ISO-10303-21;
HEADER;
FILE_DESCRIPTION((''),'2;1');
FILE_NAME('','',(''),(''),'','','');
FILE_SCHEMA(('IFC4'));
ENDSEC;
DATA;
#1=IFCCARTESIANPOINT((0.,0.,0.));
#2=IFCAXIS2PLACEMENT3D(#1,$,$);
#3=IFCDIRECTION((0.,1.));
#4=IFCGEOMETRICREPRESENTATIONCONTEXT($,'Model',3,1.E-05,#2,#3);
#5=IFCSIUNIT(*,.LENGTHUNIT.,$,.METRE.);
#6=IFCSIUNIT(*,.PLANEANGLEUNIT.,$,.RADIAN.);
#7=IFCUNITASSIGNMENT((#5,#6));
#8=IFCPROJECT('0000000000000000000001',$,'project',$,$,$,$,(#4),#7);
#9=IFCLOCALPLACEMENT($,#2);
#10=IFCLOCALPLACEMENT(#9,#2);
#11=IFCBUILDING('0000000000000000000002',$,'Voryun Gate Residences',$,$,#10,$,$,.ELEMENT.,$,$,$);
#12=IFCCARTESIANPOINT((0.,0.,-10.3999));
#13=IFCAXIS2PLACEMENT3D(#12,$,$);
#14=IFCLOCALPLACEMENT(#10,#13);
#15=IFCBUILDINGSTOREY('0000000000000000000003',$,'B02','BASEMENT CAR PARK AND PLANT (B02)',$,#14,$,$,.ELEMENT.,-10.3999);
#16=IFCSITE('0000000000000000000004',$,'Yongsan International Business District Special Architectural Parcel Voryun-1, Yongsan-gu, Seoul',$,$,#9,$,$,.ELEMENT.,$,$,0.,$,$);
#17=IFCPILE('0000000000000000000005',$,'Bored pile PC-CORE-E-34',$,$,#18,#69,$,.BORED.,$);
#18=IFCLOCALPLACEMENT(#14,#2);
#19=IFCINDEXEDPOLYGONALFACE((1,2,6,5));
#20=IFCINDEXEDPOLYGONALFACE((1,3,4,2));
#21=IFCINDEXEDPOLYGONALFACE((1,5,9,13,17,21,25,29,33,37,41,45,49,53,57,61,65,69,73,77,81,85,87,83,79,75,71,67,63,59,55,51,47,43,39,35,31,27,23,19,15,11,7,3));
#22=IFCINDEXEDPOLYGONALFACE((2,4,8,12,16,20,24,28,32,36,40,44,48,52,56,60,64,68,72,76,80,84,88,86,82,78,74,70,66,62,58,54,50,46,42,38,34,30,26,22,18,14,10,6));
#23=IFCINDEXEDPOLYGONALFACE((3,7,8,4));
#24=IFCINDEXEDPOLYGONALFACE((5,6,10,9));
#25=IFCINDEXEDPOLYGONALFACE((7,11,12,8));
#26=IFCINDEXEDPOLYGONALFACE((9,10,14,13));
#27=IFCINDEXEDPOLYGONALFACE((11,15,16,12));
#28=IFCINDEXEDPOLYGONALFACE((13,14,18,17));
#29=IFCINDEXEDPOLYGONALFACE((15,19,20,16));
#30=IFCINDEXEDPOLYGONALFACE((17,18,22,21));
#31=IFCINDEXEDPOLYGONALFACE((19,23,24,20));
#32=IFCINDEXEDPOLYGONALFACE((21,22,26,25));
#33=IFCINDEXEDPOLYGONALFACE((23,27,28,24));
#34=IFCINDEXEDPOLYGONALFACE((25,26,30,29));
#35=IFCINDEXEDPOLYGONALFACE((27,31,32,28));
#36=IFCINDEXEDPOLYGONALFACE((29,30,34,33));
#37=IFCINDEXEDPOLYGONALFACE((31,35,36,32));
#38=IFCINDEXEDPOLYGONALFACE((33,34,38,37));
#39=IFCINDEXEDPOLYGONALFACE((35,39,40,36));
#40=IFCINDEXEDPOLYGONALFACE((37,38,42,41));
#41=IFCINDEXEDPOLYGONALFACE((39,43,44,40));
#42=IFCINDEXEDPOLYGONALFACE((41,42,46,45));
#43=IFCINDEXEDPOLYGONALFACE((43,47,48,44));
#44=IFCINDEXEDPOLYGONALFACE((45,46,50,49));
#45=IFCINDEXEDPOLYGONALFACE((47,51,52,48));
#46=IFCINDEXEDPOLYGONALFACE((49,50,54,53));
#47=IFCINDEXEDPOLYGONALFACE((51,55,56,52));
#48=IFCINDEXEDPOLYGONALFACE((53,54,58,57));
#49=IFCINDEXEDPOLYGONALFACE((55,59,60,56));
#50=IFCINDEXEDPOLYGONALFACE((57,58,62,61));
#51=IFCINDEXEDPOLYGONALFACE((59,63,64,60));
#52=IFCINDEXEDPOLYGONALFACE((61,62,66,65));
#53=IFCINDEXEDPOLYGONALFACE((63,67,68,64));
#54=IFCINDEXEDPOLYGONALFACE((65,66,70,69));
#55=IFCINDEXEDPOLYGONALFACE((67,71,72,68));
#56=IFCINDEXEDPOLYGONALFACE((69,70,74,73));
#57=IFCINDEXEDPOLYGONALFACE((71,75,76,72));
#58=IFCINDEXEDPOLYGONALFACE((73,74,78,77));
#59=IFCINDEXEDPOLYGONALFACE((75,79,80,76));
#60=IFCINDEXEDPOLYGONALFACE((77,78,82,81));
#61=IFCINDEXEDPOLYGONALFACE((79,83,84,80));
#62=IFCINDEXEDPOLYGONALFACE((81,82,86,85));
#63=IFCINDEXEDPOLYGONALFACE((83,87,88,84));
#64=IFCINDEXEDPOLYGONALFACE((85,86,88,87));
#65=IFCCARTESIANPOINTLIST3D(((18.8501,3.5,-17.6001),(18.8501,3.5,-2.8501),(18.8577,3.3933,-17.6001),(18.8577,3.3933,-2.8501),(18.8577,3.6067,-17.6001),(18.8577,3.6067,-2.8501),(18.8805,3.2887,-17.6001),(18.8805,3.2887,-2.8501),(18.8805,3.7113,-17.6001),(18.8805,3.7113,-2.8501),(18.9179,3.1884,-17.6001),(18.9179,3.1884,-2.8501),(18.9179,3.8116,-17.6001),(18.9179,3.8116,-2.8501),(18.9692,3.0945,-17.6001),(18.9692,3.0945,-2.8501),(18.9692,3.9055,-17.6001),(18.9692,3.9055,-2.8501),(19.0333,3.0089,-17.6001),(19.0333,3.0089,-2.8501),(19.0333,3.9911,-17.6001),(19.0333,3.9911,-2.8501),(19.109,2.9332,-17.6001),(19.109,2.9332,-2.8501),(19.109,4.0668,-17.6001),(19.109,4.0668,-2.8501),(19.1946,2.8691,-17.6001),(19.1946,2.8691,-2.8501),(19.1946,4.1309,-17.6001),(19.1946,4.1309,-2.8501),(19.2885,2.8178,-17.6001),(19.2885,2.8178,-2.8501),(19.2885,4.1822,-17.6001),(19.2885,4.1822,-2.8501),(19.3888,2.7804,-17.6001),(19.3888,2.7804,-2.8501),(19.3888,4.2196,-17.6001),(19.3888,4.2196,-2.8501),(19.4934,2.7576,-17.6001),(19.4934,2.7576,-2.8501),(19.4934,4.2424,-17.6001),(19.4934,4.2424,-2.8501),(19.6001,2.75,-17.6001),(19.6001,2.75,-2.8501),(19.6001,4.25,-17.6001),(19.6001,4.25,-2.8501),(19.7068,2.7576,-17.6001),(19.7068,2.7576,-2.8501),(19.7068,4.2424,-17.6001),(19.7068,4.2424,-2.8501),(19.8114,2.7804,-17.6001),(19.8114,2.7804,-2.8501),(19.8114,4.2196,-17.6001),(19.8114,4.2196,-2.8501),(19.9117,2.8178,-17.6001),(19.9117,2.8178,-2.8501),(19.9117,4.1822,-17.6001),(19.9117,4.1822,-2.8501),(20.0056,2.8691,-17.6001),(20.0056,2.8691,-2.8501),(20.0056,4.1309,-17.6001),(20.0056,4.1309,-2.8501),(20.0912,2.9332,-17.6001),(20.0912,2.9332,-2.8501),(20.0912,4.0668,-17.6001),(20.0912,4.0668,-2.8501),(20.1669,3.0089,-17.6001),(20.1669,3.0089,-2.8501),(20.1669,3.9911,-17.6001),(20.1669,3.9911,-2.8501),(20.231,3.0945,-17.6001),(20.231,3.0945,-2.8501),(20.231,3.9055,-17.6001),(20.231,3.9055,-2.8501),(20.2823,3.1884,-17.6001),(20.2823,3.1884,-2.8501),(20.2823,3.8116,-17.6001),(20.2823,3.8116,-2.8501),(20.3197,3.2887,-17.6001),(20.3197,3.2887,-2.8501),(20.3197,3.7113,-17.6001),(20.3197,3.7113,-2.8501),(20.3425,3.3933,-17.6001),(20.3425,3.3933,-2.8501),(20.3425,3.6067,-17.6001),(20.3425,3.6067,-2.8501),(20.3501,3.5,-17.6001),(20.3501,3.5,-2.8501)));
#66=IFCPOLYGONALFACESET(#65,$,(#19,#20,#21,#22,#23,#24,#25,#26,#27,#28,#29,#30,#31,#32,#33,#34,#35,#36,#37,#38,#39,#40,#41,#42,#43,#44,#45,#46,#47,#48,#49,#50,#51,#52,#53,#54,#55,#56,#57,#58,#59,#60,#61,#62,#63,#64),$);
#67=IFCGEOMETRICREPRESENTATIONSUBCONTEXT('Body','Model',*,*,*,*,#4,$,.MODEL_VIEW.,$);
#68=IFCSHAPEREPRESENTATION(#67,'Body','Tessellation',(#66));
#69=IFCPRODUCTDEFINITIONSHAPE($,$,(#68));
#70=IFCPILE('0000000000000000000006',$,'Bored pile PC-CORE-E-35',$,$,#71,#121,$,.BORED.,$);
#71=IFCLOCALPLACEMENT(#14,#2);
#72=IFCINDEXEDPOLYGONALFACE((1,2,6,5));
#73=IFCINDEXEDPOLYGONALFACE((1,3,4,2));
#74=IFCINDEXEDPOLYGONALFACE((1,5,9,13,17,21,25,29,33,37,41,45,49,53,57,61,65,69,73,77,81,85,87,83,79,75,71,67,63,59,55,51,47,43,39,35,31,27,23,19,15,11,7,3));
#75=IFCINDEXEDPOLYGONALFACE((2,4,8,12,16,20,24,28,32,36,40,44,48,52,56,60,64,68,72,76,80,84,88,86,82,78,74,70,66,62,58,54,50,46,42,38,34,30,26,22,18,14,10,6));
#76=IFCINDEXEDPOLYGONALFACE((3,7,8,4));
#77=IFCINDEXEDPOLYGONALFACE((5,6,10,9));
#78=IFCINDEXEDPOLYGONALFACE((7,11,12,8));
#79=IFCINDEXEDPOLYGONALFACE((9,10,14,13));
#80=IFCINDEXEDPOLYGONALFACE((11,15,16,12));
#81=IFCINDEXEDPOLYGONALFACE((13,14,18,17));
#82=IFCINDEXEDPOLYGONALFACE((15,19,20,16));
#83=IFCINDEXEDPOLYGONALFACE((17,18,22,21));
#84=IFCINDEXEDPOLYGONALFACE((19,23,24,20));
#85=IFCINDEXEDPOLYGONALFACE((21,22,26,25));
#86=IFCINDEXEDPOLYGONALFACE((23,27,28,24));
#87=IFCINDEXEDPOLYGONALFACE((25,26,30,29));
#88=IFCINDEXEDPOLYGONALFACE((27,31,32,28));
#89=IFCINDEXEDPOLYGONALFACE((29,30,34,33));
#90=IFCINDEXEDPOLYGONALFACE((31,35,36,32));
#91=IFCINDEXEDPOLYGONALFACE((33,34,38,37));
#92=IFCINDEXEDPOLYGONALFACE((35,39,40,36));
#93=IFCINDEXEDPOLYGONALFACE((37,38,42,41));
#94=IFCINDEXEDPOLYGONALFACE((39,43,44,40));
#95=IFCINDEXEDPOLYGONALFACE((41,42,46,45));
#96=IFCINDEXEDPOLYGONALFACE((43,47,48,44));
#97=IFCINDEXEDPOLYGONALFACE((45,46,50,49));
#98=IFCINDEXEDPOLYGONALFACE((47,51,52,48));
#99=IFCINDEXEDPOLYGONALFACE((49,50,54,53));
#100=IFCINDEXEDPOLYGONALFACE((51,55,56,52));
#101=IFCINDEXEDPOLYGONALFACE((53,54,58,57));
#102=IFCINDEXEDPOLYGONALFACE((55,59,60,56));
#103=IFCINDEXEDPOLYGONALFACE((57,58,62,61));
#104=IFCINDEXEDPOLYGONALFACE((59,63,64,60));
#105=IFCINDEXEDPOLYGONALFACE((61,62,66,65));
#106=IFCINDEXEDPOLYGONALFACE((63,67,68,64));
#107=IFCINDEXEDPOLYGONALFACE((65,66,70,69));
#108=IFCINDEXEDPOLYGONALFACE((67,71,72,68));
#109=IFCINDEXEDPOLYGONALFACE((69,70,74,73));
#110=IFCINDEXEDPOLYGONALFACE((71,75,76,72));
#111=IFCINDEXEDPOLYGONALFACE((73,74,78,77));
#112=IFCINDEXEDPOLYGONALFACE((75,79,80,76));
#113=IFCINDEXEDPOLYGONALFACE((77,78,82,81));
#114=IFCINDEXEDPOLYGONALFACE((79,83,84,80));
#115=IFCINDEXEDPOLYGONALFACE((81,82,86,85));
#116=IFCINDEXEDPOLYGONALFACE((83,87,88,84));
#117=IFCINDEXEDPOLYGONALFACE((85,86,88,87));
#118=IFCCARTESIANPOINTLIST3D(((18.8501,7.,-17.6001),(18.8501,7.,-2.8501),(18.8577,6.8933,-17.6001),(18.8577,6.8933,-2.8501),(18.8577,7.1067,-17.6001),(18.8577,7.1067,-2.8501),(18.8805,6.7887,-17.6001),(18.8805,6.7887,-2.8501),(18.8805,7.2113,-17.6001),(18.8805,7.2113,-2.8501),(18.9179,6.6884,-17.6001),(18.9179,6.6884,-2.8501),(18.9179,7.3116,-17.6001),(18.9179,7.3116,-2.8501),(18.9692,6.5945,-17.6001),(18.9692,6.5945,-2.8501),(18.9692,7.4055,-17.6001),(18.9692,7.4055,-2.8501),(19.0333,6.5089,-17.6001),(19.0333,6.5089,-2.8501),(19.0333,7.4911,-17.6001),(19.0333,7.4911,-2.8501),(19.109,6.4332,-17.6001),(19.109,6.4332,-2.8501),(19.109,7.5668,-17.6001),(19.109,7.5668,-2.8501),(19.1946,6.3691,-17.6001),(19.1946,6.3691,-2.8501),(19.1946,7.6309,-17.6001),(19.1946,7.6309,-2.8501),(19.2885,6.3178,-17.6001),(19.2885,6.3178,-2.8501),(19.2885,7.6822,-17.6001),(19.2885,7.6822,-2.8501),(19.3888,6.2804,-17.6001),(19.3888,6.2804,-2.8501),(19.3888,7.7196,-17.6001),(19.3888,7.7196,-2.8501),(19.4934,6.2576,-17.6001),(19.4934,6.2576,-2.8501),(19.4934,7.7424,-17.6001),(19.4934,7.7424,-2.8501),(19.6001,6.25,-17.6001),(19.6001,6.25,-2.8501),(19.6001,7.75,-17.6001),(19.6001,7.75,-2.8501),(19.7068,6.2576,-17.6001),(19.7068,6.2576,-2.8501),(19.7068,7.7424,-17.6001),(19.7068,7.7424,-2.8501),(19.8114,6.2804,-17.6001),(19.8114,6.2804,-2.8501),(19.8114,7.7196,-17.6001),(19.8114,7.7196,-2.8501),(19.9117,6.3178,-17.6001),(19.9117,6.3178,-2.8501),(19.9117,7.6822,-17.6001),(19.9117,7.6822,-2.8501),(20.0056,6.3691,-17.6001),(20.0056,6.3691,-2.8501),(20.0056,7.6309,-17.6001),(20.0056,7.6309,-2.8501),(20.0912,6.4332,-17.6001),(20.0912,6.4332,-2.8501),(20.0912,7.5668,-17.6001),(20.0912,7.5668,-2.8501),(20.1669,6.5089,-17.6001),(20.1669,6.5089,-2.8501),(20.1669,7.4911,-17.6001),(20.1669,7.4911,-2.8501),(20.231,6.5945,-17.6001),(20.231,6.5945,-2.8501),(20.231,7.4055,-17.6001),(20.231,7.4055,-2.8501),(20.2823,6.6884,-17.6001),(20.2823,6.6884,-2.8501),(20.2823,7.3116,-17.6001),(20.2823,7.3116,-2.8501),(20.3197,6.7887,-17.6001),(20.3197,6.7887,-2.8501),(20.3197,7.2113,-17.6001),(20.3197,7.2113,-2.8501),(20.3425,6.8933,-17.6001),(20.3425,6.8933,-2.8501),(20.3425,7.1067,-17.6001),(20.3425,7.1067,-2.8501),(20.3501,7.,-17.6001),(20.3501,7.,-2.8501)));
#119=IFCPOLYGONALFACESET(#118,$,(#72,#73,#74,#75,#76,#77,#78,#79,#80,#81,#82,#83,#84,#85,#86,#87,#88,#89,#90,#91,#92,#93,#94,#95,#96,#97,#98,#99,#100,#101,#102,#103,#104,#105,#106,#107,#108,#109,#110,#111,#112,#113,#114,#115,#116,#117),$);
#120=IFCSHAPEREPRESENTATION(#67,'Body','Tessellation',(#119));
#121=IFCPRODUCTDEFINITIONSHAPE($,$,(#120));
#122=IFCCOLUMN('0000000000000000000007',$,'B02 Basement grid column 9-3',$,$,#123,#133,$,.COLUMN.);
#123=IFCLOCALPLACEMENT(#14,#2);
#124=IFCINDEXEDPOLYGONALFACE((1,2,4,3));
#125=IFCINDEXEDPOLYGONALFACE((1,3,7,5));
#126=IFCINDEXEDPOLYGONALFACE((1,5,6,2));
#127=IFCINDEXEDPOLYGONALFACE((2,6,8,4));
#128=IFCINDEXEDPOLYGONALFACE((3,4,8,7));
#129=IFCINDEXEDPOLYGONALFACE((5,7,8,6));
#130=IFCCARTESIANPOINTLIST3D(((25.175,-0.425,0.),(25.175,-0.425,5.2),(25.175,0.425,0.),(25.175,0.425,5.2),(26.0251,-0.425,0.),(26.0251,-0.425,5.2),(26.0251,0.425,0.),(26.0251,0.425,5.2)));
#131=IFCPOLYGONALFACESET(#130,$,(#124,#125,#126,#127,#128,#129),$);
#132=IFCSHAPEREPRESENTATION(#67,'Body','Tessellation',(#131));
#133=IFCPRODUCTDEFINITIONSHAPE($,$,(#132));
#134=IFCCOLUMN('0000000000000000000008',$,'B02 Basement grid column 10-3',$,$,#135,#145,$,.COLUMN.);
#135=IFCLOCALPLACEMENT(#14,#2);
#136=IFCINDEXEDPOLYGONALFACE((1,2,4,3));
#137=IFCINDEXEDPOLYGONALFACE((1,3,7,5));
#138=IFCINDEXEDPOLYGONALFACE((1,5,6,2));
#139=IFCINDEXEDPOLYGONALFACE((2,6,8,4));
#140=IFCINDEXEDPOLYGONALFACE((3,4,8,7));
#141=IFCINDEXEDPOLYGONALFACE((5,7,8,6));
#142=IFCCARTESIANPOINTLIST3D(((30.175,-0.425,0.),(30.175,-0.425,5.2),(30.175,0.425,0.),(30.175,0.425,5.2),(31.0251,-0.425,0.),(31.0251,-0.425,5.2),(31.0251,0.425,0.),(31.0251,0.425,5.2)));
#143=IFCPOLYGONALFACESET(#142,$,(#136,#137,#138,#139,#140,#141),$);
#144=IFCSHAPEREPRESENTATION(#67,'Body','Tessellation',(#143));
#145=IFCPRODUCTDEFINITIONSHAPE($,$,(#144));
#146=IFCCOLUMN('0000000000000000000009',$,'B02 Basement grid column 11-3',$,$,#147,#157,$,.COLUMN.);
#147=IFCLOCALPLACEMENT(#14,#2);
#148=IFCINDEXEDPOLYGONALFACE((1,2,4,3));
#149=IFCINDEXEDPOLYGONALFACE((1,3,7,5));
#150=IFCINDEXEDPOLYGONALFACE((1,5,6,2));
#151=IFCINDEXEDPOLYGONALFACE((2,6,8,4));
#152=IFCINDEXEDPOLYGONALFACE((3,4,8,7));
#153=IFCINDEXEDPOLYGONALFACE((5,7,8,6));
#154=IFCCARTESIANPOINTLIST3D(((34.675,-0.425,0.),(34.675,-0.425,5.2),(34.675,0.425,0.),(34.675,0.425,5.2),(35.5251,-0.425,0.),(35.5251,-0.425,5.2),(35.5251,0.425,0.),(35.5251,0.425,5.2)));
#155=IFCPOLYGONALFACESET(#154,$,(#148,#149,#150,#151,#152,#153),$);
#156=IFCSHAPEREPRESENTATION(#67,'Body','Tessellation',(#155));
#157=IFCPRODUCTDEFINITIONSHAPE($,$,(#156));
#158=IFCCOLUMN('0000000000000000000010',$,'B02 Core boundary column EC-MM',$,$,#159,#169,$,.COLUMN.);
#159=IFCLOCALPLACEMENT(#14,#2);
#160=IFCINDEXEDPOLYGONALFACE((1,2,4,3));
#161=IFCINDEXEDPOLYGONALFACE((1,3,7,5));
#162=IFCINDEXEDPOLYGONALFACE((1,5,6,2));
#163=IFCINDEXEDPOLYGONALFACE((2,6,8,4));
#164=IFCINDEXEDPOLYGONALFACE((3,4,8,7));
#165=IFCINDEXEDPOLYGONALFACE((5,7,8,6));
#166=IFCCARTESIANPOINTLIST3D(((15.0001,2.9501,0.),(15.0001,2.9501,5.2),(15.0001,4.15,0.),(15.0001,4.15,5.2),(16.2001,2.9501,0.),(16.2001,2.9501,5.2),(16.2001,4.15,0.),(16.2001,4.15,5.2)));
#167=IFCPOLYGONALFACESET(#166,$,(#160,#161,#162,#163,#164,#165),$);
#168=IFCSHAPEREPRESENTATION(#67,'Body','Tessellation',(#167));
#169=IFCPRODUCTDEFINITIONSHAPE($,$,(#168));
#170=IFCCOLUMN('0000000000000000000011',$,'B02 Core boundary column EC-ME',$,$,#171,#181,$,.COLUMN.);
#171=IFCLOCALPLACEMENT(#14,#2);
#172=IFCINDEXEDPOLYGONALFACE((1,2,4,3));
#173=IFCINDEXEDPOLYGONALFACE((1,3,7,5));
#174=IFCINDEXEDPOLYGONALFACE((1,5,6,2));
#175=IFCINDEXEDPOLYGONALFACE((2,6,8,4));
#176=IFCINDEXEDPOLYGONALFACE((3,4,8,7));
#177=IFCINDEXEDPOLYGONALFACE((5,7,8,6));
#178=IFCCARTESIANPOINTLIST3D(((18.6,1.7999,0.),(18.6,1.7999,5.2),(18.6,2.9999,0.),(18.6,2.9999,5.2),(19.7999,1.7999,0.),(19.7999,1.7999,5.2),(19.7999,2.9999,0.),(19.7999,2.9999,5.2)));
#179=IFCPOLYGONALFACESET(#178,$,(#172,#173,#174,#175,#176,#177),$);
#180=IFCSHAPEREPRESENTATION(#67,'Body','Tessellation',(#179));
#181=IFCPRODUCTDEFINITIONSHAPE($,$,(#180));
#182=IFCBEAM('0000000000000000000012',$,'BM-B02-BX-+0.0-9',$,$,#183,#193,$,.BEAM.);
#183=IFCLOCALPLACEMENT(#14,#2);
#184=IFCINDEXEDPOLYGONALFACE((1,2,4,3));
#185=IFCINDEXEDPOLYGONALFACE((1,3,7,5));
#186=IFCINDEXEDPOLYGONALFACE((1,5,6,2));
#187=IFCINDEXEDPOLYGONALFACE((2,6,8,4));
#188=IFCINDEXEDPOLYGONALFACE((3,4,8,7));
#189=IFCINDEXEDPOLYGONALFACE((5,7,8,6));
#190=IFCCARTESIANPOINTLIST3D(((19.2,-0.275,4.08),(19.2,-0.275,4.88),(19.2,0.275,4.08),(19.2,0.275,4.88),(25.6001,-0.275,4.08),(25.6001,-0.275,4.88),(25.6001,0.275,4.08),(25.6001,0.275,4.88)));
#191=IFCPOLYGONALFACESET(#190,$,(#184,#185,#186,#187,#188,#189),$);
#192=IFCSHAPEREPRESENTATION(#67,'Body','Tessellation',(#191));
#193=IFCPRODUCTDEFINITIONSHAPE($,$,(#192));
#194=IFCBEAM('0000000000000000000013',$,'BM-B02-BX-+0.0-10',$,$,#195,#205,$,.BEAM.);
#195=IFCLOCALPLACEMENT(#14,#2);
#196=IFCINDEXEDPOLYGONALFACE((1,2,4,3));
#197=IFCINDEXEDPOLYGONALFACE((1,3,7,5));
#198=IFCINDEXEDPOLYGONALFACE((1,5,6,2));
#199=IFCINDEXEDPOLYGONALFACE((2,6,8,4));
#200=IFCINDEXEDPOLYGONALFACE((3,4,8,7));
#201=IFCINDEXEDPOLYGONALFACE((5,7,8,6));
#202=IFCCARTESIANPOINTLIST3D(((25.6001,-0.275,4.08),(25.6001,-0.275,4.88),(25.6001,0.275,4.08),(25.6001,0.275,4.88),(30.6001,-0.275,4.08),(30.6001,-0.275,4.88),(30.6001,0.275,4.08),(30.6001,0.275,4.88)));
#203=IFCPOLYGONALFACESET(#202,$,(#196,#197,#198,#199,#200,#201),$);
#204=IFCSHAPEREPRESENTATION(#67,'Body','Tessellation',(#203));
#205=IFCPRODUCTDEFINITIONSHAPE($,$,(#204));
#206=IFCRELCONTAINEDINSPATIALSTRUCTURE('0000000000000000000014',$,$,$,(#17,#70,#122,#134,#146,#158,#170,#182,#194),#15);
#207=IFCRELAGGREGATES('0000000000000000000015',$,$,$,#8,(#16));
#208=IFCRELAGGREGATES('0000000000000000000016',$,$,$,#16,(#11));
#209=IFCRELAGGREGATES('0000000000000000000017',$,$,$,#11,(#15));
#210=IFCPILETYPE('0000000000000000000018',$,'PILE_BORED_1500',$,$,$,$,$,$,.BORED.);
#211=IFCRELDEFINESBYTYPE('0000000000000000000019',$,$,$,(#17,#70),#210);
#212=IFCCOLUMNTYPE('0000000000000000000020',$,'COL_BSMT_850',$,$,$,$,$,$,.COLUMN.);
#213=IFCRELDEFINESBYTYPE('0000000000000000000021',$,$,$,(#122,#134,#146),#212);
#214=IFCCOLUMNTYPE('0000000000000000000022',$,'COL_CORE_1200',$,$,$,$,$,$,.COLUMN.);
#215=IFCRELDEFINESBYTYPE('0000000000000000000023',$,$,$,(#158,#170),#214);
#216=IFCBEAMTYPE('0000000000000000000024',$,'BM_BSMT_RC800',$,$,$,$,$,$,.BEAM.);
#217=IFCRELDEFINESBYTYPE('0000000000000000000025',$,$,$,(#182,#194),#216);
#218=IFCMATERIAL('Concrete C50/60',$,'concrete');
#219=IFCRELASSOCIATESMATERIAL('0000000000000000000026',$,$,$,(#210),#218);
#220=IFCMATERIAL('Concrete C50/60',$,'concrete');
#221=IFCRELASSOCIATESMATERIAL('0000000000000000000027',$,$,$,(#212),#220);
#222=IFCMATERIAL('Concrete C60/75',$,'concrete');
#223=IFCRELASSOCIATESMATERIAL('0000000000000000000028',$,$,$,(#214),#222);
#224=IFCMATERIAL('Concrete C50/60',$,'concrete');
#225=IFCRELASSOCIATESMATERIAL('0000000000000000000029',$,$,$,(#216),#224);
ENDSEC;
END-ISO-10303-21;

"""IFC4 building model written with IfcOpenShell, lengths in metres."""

from ifc_helpers import new_model, si_unit, direction, frame, origin, origin_2d, place, context, subcontext, project, spatial, rectangle, circle, extrude, material, material_profile, profile_set, type_object, element, save


model = new_model("IFC4")

# Units and contexts
model_context = context("Model", 3, precision=1e-05, world=origin(), true_north=direction((0.0, 1.0)))
body_context = subcontext(model_context, "Body", "Model", "MODEL_VIEW")
ifc_project = project(units=[si_unit("LENGTHUNIT", "METRE"), si_unit("PLANEANGLEUNIT", "RADIAN")], contexts=[model_context])

# Site, building, storey
site_placement = place(None, origin())
site = spatial("IfcSite", under=ifc_project, at=site_placement, Name="Yongsan International Business District Special Architectural Parcel Voryun-1, Yongsan-gu, Seoul", CompositionType="ELEMENT", RefElevation=0.0)
building_placement = place(site_placement, origin())
building = spatial("IfcBuilding", under=site, at=building_placement, Name="Voryun Gate Residences", CompositionType="ELEMENT")
storey_placement = place(building_placement, frame((0.0, 0.0, -10.3999)))
storey = spatial("IfcBuildingStorey", under=building, at=storey_placement, Name="B02", Description="BASEMENT CAR PARK AND PLANT (B02)", CompositionType="ELEMENT", Elevation=-10.3999)

# Piles
ifc_material_1 = material(Name="Concrete C50/60", Category="concrete")
ifc_material_profile_1 = material_profile(ifc_material_1, circle(Radius=0.75, at=origin_2d()), Name="PILE-D1500")
ifc_profile_set_1 = profile_set([ifc_material_profile_1], Name="Concrete C50/60")
pile_type_1 = type_object("IfcPileType", Name="PILE_BORED_1500", PredefinedType="BORED", material=ifc_profile_set_1)
for number, where, z_axis, x_axis, name in (
    (1, (19.6001, 3.5, -2.8501), (0.0, 0.0, -1.0), (1.0, 0.0, 0.0), "Bored pile PC-CORE-E-34"),
    (2, (19.6001, 7.0, -2.8501), (0.0, 0.0, -1.0), (1.0, 0.0, 0.0), "Bored pile PC-CORE-E-35"),
):
    element("IfcPile", number, at=place(storey_placement, frame(where, z_axis=z_axis, x_axis=x_axis)), inside=storey, type_object=pile_type_1, Name=name, PredefinedType="BORED", context=body_context, shape_type="SweptSolid", body=[
        extrude(circle(Radius=0.75, at=origin_2d()), origin(), (0.0, 0.0, 1.0), 14.75),
    ])

# Columns
ifc_material_2 = material(Name="Concrete C50/60", Category="concrete")
ifc_material_profile_2 = material_profile(ifc_material_2, rectangle(XDim=0.8501, YDim=0.8501, at=origin_2d()), Name="RC-850x850")
ifc_profile_set_2 = profile_set([ifc_material_profile_2], Name="Concrete C50/60")
column_type_1 = type_object("IfcColumnType", Name="COL_BSMT_850", PredefinedType="COLUMN", material=ifc_profile_set_2)
for number, where, z_axis, x_axis, name in (
    (3, (25.6001, 0.0, 0.0), (0.0, 0.0, 1.0), (1.0, 0.0, 0.0), "B02 Basement grid column 9-3"),
    (4, (30.6001, 0.0, 0.0), (0.0, 0.0, 1.0), (1.0, 0.0, 0.0), "B02 Basement grid column 10-3"),
    (5, (35.1001, 0.0, 0.0), (0.0, 0.0, 1.0), (1.0, 0.0, 0.0), "B02 Basement grid column 11-3"),
):
    element("IfcColumn", number, at=place(storey_placement, frame(where, z_axis=z_axis, x_axis=x_axis)), inside=storey, type_object=column_type_1, Name=name, PredefinedType="COLUMN", context=body_context, shape_type="SweptSolid", body=[
        extrude(rectangle(XDim=0.8501, YDim=0.8501, at=origin_2d()), origin(), (0.0, 0.0, 1.0), 5.2),
    ])
ifc_material_3 = material(Name="Concrete C60/75", Category="concrete")
ifc_material_profile_3 = material_profile(ifc_material_3, rectangle(XDim=1.2, YDim=1.2, at=origin_2d()), Name="RC-1200x1200")
ifc_profile_set_3 = profile_set([ifc_material_profile_3], Name="Concrete C60/75")
column_type_2 = type_object("IfcColumnType", Name="COL_CORE_1200", PredefinedType="COLUMN", material=ifc_profile_set_3)
for number, where, z_axis, x_axis, name in (
    (6, (15.6001, 3.55, 0.0), (0.0, 0.0, 1.0), (1.0, 0.0, 0.0), "B02 Core boundary column EC-MM"),
    (7, (19.2, 2.3999, 0.0), (0.0, 0.0, 1.0), (1.0, 0.0, 0.0), "B02 Core boundary column EC-ME"),
):
    element("IfcColumn", number, at=place(storey_placement, frame(where, z_axis=z_axis, x_axis=x_axis)), inside=storey, type_object=column_type_2, Name=name, PredefinedType="COLUMN", context=body_context, shape_type="SweptSolid", body=[
        extrude(rectangle(XDim=1.2, YDim=1.2, at=origin_2d()), origin(), (0.0, 0.0, 1.0), 5.2),
    ])

# Beams
ifc_material_4 = material(Name="Concrete C50/60", Category="concrete")
ifc_material_profile_4 = material_profile(ifc_material_4, rectangle(XDim=0.55, YDim=0.8, at=origin_2d()), Name="RC-550x800")
ifc_profile_set_4 = profile_set([ifc_material_profile_4], Name="Concrete C50/60")
beam_type_1 = type_object("IfcBeamType", Name="BM_BSMT_RC800", PredefinedType="BEAM", material=ifc_profile_set_4)
beam_1_placement = place(storey_placement, frame((19.2, 0.0, 4.48), z_axis=(1.0, 0.0, 0.0), x_axis=(0.0, 1.0, 0.0)))
element("IfcBeam", 8, at=beam_1_placement, inside=storey, type_object=beam_type_1, Name="BM-B02-BX-+0.0-9", PredefinedType="BEAM", context=body_context, shape_type="SweptSolid", body=[
    extrude(rectangle(XDim=0.55, YDim=0.8, at=origin_2d()), origin(), (0.0, 0.0, 1.0), 6.4001),
])
beam_2_placement = place(storey_placement, frame((25.6001, 0.0, 4.48), z_axis=(1.0, 0.0, 0.0), x_axis=(0.0, 1.0, 0.0)))
element("IfcBeam", 9, at=beam_2_placement, inside=storey, type_object=beam_type_1, Name="BM-B02-BX-+0.0-10", PredefinedType="BEAM", context=body_context, shape_type="SweptSolid", body=[
    extrude(rectangle(XDim=0.55, YDim=0.8, at=origin_2d()), origin(), (0.0, 0.0, 1.0), 5.0),
])

save(model, "model.ifc")
